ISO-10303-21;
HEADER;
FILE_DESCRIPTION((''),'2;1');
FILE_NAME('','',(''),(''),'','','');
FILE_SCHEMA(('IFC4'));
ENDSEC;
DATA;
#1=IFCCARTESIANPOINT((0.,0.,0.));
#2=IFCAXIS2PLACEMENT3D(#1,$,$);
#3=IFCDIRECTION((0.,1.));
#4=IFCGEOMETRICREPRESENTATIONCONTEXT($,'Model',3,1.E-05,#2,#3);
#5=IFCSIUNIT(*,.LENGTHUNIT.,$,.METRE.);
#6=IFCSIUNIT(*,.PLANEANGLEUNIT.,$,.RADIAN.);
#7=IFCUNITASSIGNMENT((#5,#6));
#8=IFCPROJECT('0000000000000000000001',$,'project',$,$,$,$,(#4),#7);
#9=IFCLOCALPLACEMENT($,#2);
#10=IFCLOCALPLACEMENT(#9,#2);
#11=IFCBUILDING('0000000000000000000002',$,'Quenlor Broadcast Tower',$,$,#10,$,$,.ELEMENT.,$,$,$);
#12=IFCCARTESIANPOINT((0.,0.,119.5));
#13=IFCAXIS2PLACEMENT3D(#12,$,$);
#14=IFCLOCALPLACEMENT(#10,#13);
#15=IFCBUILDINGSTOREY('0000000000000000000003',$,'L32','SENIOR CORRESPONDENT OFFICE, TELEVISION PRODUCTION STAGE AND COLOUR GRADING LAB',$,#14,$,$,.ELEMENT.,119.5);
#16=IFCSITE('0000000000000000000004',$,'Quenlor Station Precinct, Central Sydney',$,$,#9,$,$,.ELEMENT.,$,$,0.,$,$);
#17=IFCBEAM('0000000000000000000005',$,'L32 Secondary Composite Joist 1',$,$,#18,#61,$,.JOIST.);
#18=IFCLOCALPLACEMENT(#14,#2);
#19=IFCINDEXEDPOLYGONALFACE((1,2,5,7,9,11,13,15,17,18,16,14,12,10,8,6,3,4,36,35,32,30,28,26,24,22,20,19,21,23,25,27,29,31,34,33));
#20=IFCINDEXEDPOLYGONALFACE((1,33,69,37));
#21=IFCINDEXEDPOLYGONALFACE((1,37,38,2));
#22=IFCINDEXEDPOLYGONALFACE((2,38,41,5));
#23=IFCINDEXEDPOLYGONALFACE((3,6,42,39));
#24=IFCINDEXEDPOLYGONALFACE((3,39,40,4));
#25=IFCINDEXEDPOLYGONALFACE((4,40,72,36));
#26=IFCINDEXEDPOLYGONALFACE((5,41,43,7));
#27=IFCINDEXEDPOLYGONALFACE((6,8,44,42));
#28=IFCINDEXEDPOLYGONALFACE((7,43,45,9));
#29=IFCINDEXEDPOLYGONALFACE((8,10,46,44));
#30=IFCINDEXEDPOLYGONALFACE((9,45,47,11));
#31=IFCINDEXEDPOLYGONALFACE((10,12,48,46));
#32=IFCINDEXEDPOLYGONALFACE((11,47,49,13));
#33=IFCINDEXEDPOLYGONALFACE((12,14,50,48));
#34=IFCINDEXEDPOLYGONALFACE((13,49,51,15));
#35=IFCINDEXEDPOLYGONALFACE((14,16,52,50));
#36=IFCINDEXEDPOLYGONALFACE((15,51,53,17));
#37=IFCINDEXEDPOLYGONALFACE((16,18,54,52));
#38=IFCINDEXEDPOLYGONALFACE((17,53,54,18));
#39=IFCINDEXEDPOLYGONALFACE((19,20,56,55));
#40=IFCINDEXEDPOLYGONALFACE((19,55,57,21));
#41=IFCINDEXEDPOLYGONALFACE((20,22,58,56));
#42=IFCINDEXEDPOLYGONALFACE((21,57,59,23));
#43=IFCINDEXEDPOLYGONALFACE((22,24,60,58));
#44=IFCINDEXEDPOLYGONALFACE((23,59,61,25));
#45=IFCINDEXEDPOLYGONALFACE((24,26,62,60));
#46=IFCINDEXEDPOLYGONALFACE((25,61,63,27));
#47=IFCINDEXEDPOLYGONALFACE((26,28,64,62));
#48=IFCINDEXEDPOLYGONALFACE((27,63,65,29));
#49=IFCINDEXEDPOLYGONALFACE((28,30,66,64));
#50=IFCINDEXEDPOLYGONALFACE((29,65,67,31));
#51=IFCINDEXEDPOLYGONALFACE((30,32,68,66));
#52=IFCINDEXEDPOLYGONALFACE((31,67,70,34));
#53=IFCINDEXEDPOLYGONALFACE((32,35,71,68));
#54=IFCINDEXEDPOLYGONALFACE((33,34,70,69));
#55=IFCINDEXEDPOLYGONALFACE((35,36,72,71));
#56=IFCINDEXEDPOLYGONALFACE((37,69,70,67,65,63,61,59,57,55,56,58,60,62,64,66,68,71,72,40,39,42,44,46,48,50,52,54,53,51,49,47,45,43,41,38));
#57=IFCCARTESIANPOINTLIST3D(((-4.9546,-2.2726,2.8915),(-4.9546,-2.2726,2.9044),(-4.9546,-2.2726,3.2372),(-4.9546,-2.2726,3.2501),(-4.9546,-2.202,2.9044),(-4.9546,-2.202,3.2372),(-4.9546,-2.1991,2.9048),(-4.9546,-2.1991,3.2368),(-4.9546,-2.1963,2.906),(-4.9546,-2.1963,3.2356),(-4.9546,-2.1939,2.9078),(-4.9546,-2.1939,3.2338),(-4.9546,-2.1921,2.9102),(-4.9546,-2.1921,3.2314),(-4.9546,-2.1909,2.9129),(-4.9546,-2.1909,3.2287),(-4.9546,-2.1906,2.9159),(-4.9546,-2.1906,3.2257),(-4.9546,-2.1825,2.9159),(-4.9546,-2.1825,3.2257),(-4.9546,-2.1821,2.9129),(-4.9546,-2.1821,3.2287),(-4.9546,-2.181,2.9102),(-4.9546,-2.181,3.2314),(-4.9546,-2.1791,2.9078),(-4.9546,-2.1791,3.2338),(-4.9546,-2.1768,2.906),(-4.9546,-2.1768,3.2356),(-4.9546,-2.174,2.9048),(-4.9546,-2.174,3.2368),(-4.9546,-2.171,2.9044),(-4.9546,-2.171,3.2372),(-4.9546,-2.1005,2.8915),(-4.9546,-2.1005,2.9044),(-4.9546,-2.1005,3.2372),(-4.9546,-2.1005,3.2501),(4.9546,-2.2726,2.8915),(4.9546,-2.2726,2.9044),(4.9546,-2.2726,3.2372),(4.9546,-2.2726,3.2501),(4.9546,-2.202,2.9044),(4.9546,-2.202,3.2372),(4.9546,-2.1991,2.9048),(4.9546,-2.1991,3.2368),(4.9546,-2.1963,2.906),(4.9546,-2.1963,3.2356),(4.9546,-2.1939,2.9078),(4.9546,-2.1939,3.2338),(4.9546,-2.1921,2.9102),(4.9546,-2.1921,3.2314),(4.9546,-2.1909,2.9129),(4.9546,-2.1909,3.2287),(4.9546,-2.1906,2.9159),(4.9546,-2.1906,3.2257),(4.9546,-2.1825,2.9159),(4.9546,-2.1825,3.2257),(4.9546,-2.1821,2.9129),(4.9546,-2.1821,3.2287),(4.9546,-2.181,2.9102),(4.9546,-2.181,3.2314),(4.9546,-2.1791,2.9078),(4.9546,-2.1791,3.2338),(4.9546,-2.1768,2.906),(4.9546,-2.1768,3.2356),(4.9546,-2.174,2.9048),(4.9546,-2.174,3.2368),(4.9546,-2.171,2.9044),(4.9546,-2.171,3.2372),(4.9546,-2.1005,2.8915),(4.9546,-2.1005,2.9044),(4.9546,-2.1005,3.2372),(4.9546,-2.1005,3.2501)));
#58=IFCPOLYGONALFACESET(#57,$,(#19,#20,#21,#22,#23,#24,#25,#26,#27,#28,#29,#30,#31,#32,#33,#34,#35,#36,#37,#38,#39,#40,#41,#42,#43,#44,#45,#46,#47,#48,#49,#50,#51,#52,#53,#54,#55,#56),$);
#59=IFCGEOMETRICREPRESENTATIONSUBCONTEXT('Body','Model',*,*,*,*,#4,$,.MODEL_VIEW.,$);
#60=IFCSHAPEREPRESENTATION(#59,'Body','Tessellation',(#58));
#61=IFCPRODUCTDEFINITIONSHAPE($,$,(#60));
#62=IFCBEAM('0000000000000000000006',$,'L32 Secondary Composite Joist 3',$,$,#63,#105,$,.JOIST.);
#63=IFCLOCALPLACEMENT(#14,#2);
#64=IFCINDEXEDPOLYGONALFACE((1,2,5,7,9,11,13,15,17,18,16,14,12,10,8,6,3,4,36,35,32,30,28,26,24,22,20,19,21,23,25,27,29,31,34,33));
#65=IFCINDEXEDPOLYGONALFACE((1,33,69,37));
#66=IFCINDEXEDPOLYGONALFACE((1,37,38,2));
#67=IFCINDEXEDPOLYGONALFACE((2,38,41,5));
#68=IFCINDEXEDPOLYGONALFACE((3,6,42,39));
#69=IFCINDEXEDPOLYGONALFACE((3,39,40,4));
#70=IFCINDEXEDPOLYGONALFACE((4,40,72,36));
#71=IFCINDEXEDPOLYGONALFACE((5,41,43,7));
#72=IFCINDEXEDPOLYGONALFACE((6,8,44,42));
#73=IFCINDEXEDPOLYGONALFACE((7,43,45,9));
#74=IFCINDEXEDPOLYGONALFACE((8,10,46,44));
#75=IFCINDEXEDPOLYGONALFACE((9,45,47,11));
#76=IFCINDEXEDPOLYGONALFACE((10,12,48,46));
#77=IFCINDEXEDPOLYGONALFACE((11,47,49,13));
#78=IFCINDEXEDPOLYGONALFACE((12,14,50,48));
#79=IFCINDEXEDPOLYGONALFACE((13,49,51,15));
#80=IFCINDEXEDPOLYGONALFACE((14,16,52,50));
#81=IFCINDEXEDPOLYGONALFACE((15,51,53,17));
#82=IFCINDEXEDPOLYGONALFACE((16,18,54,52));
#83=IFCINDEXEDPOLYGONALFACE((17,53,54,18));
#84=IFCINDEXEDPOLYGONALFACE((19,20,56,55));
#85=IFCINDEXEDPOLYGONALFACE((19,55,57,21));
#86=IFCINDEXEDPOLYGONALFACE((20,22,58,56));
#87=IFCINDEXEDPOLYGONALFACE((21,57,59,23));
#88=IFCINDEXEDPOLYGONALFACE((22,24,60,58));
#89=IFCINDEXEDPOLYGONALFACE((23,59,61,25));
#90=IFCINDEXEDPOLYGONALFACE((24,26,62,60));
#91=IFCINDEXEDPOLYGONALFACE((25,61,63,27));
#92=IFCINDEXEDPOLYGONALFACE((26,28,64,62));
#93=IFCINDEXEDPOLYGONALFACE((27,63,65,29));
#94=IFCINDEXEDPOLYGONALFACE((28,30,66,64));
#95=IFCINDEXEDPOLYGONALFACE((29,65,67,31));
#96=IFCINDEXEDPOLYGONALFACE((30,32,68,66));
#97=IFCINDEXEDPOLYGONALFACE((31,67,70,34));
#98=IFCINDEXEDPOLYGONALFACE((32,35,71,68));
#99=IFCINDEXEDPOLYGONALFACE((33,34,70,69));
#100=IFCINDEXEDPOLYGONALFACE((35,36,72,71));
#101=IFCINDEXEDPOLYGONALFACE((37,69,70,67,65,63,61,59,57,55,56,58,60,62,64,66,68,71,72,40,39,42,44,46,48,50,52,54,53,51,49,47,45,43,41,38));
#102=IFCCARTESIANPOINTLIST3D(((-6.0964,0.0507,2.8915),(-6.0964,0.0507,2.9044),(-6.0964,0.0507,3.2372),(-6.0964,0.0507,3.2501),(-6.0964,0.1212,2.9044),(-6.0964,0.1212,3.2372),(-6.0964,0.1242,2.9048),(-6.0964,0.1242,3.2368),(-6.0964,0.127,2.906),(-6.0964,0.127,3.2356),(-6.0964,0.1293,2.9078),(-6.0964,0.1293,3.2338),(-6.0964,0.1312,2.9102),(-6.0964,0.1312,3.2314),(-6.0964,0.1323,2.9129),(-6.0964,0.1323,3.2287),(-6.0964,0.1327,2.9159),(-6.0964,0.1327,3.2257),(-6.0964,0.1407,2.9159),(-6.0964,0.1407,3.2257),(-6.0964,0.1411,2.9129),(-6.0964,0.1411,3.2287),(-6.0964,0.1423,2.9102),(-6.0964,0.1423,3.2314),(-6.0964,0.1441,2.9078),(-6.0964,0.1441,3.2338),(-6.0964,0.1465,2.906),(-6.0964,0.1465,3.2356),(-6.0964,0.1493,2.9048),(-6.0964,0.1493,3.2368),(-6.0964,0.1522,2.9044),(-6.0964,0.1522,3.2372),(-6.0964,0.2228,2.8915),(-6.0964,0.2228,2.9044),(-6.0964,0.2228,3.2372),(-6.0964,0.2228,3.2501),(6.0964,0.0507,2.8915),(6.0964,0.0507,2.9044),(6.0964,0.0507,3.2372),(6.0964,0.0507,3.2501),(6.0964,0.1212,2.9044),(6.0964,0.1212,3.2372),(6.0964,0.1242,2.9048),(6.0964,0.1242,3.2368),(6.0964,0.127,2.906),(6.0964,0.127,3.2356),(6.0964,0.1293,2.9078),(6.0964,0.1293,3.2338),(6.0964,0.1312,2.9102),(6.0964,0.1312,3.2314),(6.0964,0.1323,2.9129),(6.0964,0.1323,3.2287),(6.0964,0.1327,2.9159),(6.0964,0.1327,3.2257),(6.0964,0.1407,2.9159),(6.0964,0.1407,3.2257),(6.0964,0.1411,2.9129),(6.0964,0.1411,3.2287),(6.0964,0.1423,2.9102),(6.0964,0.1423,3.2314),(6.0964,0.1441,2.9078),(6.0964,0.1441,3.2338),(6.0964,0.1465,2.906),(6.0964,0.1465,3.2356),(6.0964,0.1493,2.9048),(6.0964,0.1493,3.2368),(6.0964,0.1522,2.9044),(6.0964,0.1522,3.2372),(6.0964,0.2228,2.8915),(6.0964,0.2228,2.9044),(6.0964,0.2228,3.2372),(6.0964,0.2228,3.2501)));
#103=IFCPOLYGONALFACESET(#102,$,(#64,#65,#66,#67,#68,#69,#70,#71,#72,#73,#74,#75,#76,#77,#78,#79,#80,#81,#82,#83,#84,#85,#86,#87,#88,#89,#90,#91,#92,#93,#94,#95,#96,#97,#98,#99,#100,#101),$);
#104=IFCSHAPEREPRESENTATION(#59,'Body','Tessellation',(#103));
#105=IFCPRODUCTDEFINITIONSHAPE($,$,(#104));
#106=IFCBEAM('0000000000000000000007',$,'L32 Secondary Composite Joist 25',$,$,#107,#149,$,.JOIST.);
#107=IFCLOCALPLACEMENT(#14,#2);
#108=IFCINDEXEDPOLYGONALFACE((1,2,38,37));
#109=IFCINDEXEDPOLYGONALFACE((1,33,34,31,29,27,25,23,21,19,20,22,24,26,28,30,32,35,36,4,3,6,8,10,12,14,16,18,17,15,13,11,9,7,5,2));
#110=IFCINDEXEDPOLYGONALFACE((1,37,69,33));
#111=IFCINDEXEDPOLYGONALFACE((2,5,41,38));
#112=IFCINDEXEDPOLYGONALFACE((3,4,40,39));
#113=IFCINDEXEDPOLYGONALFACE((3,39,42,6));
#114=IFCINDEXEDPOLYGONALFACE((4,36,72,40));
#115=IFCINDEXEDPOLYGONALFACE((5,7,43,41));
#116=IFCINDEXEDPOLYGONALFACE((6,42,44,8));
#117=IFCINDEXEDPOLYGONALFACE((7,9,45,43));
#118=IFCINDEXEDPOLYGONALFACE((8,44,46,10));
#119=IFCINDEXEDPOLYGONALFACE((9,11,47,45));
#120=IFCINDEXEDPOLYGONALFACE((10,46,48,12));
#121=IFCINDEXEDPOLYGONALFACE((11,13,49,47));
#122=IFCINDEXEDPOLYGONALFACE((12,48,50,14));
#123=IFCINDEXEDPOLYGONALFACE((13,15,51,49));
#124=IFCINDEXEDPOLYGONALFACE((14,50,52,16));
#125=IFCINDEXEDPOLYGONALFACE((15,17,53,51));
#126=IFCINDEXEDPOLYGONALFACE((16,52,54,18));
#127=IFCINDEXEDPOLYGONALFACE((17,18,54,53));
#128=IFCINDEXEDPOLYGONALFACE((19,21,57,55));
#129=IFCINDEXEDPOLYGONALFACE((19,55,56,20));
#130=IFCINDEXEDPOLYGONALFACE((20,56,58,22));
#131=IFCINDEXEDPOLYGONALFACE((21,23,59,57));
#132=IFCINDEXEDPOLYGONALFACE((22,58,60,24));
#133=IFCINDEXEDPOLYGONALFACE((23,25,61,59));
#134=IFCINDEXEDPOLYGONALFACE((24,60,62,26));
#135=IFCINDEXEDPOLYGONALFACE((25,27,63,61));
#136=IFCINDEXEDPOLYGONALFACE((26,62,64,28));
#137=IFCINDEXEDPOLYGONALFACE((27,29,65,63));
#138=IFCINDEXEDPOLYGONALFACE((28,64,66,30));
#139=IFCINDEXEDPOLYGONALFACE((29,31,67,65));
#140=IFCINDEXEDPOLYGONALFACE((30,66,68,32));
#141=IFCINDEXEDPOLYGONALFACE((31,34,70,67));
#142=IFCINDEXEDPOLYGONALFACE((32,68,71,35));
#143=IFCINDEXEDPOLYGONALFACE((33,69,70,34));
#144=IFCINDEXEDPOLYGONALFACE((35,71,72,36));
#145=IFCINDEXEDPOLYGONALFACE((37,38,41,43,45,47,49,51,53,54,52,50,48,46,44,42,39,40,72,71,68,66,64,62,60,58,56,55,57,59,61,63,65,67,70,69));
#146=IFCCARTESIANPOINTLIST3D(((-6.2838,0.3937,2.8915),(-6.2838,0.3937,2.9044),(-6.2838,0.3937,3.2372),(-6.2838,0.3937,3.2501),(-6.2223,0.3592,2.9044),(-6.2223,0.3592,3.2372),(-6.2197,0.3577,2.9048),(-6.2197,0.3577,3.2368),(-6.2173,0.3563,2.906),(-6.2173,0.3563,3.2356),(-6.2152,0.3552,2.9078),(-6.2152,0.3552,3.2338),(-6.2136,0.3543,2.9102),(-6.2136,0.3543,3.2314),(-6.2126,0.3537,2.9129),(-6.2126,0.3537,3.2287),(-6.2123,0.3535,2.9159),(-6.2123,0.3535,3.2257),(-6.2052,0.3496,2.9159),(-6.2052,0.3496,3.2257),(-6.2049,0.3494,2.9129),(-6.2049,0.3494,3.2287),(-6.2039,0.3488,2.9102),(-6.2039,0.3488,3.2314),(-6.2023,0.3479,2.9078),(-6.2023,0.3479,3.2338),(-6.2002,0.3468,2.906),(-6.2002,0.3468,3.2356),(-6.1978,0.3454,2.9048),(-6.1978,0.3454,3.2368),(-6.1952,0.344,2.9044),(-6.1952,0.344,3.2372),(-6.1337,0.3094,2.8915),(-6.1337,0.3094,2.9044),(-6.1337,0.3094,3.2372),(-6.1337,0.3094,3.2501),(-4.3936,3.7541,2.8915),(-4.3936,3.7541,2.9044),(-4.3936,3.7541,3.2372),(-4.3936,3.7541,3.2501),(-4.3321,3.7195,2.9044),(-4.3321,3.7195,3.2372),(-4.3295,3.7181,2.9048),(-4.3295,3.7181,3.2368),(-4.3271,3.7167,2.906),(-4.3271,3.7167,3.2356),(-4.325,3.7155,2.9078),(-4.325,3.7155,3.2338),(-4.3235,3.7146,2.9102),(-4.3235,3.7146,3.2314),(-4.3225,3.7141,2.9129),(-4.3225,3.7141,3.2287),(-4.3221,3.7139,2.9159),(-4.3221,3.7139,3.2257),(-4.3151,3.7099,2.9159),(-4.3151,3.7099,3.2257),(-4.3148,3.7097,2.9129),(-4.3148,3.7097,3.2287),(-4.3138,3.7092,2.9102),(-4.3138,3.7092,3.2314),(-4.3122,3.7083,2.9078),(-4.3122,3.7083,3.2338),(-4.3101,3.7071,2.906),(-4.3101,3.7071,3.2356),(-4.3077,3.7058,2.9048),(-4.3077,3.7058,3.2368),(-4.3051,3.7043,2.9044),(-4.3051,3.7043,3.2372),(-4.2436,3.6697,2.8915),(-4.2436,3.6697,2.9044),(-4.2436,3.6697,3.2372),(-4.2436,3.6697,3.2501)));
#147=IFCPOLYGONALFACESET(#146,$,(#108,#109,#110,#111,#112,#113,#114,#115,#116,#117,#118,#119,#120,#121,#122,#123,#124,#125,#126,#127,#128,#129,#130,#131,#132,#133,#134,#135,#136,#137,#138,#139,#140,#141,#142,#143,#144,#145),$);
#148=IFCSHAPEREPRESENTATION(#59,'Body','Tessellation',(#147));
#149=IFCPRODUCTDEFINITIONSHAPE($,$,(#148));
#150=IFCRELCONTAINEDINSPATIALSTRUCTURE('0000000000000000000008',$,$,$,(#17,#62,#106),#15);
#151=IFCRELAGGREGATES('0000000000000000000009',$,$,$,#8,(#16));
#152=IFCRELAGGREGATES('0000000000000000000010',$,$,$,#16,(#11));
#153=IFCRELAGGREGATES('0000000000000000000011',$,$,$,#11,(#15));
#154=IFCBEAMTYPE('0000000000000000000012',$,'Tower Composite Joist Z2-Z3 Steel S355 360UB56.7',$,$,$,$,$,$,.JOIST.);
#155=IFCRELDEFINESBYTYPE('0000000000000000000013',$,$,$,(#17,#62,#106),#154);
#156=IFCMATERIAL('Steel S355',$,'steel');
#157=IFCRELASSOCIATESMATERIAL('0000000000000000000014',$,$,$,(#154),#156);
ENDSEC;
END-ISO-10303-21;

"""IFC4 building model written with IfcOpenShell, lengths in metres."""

from ifc_helpers import new_model, si_unit, direction, frame, origin, origin_2d, place, context, subcontext, project, spatial, i_section, extrude, material, material_profile, profile_set, type_object, element, save


model = new_model("IFC4")

# Units and contexts
model_context = context("Model", 3, precision=1e-05, world=origin(), true_north=direction((0.0, 1.0)))
body_context = subcontext(model_context, "Body", "Model", "MODEL_VIEW")
ifc_project = project(units=[si_unit("LENGTHUNIT", "METRE"), si_unit("PLANEANGLEUNIT", "RADIAN")], contexts=[model_context])

# Site, building, storey
site_placement = place(None, origin())
site = spatial("IfcSite", under=ifc_project, at=site_placement, Name="Quenlor Station Precinct, Central Sydney", CompositionType="ELEMENT", RefElevation=0.0)
building_placement = place(site_placement, origin())
building = spatial("IfcBuilding", under=site, at=building_placement, Name="Quenlor Broadcast Tower", CompositionType="ELEMENT")
storey_placement = place(building_placement, frame((0.0, 0.0, 119.5)))
storey = spatial("IfcBuildingStorey", under=building, at=storey_placement, Name="L32", Description="SENIOR CORRESPONDENT OFFICE, TELEVISION PRODUCTION STAGE AND COLOUR GRADING LAB", CompositionType="ELEMENT", Elevation=119.5)

# Beams
ifc_material_1 = material(Name="Steel S355", Category="steel")
ifc_material_profile = material_profile(ifc_material_1, i_section(OverallWidth=0.1721, OverallDepth=0.3586, WebThickness=0.0081, FlangeThickness=0.0129, FilletRadius=0.0115, at=origin_2d()))
ifc_profile_set = profile_set([ifc_material_profile], Name="Steel S355 360UB56.7")
beam_type = type_object("IfcBeamType", Name="Tower Composite Joist Z2-Z3 Steel S355 360UB56.7", PredefinedType="JOIST", material=ifc_profile_set)
beam_1_placement = place(storey_placement, frame((-4.9546, -2.1865, 3.0708), z_axis=(1.0, 0.0, 0.0), x_axis=(0.0, 1.0, 0.0)))
element("IfcBeam", 1, at=beam_1_placement, inside=storey, type_object=beam_type, Name="L32 Secondary Composite Joist 1", PredefinedType="JOIST", context=body_context, shape_type="SweptSolid", body=[
    extrude(i_section(OverallWidth=0.1721, OverallDepth=0.3586, WebThickness=0.0081, FlangeThickness=0.0129, FilletRadius=0.0115, at=origin_2d()), origin(), (0.0, 0.0, 1.0), 9.9092),
])
beam_2_placement = place(storey_placement, frame((-6.0964, 0.1367, 3.0708), z_axis=(1.0, 0.0, 0.0), x_axis=(0.0, 1.0, 0.0)))
element("IfcBeam", 2, at=beam_2_placement, inside=storey, type_object=beam_type, Name="L32 Secondary Composite Joist 3", PredefinedType="JOIST", context=body_context, shape_type="SweptSolid", body=[
    extrude(i_section(OverallWidth=0.1721, OverallDepth=0.3586, WebThickness=0.0081, FlangeThickness=0.0129, FilletRadius=0.0115, at=origin_2d()), origin(), (0.0, 0.0, 1.0), 12.1929),
])
beam_3_placement = place(storey_placement, frame((-4.3186, 3.7119, 3.0708), z_axis=(-0.490249, -0.871582, 0.0), x_axis=(0.871582, -0.490249, 0.0)))
element("IfcBeam", 3, at=beam_3_placement, inside=storey, type_object=beam_type, Name="L32 Secondary Composite Joist 25", PredefinedType="JOIST", context=body_context, shape_type="SweptSolid", body=[
    extrude(i_section(OverallWidth=0.1721, OverallDepth=0.3586, WebThickness=0.0081, FlangeThickness=0.0129, FilletRadius=0.0115, at=origin_2d()), origin(), (0.0, 0.0, 1.0), 3.8555),
])

save(model, "model.ifc")
